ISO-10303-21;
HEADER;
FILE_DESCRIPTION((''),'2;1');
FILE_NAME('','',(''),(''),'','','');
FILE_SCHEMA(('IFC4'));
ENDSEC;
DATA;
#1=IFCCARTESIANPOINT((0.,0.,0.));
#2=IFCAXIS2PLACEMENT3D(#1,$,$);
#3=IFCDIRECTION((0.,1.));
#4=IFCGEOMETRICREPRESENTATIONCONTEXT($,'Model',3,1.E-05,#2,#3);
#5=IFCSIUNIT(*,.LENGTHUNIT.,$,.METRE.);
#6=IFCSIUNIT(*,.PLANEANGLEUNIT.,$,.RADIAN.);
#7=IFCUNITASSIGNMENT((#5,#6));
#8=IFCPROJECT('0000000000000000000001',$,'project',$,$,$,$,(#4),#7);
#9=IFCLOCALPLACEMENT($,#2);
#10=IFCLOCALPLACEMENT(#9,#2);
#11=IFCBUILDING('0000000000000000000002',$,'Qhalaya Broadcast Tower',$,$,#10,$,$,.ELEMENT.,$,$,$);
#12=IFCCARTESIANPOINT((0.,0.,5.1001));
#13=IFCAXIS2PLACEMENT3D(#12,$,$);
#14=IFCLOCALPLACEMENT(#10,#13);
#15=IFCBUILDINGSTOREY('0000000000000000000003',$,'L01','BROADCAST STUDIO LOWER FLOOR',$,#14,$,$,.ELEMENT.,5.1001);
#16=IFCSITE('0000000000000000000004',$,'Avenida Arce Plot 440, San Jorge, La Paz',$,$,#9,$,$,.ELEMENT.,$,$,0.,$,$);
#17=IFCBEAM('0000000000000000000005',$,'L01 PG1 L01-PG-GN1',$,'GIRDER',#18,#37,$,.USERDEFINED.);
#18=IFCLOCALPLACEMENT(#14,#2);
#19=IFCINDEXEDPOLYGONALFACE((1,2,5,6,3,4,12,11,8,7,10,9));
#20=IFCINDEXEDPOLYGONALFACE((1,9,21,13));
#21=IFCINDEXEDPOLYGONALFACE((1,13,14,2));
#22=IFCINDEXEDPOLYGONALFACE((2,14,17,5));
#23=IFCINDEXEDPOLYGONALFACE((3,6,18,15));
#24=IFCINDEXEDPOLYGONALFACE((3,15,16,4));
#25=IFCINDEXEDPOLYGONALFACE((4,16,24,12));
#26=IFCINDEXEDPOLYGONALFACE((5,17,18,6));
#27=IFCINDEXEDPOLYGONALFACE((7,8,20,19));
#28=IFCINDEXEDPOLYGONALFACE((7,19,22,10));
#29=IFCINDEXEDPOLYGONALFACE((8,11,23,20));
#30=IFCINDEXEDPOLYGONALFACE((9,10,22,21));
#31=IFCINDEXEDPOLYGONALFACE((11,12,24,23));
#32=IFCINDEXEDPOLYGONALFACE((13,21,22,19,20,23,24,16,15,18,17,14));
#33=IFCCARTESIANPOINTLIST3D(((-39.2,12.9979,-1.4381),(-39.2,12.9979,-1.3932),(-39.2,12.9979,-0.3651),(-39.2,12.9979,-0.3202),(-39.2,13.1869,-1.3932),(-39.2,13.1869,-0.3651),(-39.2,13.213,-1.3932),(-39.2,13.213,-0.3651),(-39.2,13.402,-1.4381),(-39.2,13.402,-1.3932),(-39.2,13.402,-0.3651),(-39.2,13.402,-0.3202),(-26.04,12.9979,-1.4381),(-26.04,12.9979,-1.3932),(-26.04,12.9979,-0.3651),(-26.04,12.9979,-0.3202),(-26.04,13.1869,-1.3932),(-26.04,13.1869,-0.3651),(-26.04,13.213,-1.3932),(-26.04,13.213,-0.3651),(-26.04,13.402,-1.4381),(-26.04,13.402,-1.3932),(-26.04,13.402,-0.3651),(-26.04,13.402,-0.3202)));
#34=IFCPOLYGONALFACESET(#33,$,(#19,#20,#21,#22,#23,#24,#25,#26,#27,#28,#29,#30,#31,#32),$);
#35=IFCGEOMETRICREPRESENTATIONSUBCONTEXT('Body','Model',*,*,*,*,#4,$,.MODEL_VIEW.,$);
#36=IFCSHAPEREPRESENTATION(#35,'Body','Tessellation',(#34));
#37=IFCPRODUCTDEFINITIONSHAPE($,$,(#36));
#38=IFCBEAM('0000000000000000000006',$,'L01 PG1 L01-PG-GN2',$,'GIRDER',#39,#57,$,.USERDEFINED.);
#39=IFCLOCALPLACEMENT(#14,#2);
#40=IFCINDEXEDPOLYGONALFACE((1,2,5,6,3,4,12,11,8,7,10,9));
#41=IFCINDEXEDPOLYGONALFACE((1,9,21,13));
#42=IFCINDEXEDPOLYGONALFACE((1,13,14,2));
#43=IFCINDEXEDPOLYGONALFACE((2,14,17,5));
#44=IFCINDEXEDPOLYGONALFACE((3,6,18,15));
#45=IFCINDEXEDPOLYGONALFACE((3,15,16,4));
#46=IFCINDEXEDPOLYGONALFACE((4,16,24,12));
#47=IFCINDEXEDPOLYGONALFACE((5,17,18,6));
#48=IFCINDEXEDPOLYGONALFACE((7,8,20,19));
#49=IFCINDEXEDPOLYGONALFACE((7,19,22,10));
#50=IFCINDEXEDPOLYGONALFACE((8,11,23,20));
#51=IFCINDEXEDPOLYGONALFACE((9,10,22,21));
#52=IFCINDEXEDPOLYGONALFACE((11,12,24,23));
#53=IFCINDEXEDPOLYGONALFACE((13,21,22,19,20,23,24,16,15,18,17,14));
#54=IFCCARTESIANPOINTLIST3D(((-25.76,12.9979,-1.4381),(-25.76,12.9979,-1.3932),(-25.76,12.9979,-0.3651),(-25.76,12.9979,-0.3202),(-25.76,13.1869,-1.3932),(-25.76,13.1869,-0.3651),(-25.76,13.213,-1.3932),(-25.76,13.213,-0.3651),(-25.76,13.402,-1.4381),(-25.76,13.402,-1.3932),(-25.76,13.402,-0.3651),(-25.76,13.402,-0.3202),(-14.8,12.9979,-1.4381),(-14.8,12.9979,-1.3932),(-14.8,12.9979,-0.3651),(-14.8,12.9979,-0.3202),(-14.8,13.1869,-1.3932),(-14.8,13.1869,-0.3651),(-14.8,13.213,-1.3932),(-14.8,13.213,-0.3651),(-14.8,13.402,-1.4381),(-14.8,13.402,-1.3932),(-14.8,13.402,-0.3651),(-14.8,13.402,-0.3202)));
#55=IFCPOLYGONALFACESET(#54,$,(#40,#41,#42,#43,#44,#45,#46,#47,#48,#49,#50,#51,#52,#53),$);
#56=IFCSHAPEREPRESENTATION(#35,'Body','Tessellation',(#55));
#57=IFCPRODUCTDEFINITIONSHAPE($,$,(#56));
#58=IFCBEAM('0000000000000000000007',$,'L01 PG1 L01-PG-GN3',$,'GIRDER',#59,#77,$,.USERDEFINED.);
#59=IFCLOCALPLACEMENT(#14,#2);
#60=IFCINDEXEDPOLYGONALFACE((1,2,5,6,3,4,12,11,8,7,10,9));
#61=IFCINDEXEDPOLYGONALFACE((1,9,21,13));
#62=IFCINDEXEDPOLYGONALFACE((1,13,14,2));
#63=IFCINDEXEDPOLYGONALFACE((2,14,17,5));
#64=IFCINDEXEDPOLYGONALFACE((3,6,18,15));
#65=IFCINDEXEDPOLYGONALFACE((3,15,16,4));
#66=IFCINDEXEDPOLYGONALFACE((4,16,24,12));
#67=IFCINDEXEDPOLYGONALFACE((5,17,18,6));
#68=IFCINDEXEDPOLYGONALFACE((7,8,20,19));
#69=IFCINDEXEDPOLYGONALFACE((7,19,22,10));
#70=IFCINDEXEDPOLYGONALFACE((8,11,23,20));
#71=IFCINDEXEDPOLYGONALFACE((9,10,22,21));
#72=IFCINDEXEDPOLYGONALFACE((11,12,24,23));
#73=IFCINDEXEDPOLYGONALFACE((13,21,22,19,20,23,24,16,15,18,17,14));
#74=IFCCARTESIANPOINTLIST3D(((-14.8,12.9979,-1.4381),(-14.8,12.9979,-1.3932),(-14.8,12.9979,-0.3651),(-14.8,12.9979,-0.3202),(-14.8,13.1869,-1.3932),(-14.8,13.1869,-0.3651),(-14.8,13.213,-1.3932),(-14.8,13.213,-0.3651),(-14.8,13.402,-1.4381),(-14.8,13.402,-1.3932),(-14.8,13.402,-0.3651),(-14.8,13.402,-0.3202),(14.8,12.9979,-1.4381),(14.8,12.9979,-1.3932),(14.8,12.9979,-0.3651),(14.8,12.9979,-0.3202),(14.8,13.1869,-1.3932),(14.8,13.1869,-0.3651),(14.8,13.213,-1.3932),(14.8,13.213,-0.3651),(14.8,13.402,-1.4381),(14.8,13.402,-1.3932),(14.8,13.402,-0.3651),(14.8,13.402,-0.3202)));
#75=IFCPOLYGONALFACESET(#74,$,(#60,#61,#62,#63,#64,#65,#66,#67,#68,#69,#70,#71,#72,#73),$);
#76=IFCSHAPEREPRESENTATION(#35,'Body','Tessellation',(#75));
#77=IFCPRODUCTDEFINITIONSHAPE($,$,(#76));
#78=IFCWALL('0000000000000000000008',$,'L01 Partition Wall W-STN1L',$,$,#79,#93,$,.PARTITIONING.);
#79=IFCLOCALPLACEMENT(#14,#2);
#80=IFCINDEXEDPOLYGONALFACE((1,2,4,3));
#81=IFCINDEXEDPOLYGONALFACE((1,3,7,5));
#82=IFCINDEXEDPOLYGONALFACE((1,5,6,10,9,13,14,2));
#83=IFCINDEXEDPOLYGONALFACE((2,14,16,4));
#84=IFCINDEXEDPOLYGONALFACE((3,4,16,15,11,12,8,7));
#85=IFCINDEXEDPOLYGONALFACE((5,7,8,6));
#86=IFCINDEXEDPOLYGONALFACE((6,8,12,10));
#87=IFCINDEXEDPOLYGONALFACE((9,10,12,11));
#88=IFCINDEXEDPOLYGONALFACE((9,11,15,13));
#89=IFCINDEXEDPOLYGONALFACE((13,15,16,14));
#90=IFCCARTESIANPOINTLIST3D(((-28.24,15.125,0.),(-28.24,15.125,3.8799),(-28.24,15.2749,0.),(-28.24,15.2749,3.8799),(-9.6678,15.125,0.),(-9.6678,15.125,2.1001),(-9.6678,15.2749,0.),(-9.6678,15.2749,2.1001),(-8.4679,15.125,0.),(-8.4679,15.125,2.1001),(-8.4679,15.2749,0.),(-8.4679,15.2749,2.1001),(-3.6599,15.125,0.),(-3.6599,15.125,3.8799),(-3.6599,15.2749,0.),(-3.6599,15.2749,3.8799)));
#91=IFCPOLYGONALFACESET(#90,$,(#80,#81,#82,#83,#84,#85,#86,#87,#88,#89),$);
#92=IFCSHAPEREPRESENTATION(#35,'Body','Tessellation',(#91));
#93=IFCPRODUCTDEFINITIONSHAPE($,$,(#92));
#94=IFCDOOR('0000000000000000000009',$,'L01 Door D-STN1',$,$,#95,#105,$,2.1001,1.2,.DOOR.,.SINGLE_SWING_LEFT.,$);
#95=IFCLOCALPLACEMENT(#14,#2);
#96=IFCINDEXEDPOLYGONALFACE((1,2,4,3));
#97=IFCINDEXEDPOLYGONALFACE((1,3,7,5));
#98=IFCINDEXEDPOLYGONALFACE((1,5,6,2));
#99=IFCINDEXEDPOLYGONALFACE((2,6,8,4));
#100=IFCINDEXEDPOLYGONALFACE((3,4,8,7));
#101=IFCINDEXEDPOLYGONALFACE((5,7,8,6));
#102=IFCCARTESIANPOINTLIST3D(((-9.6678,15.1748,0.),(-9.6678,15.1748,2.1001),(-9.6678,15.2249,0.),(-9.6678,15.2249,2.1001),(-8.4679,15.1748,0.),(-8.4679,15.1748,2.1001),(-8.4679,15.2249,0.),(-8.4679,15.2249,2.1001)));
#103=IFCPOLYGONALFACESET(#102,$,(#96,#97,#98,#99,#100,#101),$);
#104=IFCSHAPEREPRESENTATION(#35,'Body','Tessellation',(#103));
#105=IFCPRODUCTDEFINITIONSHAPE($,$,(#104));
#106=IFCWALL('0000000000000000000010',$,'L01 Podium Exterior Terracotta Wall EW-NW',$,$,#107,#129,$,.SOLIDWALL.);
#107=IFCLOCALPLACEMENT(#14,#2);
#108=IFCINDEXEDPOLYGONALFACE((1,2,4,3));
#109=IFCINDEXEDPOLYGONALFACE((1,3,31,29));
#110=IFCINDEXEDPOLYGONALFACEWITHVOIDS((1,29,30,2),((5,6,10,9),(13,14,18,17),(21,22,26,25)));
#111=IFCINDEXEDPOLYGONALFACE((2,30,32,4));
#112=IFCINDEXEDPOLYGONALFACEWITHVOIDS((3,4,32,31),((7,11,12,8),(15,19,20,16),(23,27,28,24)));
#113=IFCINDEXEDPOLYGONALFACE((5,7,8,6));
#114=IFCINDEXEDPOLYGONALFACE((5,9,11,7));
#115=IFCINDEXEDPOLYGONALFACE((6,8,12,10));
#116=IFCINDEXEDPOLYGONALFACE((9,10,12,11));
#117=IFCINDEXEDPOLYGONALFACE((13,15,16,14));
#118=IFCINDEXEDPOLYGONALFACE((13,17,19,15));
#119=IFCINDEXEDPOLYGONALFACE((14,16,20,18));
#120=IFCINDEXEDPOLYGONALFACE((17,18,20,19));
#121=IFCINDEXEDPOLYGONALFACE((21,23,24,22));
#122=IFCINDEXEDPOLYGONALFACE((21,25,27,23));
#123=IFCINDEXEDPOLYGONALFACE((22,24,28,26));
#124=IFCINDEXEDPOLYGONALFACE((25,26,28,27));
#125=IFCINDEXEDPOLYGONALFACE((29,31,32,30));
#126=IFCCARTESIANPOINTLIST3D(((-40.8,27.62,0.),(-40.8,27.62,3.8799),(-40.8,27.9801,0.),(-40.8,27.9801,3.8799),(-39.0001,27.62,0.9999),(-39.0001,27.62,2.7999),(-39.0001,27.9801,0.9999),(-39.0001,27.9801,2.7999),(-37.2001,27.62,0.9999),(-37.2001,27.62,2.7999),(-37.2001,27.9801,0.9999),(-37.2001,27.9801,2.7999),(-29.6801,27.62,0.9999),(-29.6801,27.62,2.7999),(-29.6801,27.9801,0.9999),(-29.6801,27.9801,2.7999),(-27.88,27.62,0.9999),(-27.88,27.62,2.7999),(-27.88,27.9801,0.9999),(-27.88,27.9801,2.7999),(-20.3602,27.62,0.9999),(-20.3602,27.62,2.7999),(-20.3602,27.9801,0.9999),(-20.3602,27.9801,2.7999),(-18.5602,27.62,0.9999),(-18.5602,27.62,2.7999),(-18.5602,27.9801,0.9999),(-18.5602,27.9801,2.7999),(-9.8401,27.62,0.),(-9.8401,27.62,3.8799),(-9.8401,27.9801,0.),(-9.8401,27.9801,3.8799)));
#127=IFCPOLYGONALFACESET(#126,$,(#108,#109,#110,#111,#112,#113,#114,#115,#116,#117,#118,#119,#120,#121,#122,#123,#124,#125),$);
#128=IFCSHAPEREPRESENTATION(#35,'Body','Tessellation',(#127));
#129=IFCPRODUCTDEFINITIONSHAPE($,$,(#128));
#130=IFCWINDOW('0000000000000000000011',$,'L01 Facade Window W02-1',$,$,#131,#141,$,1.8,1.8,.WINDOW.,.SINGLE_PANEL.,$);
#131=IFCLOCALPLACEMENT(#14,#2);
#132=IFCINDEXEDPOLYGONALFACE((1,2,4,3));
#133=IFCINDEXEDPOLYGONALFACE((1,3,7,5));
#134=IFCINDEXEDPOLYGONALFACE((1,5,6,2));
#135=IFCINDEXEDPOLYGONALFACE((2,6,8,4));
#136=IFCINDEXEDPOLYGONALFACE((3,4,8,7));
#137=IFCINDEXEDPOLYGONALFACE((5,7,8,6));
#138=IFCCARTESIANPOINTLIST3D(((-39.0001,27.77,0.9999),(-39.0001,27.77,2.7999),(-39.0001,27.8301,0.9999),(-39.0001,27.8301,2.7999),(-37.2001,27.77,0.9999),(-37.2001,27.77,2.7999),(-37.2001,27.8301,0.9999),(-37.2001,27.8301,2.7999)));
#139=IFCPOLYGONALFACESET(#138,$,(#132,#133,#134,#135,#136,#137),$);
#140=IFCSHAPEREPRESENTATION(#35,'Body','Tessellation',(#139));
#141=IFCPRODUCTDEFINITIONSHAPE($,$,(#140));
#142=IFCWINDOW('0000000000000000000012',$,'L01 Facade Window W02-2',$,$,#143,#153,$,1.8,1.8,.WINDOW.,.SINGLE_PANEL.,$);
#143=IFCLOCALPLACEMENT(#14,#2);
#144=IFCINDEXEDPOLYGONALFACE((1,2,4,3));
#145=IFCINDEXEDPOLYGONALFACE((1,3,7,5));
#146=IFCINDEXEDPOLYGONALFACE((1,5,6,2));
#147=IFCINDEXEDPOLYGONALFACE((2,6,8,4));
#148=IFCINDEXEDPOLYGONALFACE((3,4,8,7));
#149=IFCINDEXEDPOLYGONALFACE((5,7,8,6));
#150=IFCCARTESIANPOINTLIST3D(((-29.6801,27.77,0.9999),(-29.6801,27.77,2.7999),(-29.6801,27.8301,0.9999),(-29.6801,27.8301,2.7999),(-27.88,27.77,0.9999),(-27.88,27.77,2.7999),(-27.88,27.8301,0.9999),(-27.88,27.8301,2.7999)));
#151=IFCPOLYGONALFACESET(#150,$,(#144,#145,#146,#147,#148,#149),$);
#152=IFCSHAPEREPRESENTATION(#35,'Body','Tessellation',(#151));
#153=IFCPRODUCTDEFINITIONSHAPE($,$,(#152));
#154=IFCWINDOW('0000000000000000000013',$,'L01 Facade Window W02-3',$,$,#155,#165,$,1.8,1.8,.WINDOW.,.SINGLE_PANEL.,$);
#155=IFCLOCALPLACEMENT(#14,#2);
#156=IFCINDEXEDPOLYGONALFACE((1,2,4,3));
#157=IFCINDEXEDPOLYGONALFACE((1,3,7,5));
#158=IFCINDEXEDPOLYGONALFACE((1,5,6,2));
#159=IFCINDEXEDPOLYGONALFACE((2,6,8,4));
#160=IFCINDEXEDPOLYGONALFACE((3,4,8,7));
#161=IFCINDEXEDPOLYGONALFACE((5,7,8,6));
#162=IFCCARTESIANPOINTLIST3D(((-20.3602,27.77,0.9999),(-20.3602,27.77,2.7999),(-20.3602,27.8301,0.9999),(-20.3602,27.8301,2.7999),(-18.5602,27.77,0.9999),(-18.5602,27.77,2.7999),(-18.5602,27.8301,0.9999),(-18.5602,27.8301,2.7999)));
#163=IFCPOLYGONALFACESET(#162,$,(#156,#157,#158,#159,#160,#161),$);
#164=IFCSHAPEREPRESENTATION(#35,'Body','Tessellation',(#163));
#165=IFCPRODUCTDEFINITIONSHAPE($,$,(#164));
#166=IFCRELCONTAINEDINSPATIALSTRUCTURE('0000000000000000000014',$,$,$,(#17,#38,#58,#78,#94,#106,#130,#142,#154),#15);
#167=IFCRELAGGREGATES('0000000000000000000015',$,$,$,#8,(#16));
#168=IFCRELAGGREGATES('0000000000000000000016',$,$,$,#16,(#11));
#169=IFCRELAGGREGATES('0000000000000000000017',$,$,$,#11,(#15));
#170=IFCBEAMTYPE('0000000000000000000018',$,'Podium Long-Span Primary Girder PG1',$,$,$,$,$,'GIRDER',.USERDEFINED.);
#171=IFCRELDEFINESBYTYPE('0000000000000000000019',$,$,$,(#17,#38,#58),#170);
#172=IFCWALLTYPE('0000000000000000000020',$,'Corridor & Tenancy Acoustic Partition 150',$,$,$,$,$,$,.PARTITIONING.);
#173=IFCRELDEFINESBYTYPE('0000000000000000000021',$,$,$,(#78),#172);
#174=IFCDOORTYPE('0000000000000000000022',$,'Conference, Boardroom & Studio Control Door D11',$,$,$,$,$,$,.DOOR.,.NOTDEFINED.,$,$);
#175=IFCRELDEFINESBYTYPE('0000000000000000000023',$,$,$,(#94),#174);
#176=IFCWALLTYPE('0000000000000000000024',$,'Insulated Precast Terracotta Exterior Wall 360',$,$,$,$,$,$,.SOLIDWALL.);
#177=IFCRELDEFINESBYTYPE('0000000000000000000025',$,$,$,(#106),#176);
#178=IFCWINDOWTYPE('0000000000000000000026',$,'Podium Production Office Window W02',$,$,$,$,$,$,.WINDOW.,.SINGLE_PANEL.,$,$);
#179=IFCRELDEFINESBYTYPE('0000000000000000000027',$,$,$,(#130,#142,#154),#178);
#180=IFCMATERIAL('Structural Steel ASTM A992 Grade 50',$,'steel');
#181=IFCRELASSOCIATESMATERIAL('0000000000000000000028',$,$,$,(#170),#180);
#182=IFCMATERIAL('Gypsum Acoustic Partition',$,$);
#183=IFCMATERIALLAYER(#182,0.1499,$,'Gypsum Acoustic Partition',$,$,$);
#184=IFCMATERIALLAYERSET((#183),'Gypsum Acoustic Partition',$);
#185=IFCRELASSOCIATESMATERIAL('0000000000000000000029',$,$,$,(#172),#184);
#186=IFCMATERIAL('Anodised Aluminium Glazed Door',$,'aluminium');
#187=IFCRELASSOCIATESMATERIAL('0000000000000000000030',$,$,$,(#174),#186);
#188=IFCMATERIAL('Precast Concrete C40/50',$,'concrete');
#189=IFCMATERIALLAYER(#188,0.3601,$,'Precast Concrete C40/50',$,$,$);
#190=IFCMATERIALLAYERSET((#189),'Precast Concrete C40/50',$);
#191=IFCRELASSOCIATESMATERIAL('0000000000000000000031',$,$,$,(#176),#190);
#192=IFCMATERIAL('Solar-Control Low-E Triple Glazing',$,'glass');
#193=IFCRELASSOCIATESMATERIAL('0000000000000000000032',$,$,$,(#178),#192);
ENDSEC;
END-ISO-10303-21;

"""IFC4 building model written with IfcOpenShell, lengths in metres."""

from ifc_helpers import new_model, si_unit, direction, frame, frame_2d, origin, origin_2d, place, context, subcontext, project, spatial, rectangle, i_section, extrude, material, layer, layer_set, material_profile, profile_set, type_object, element, fill, save


model = new_model("IFC4")

# Units and contexts
model_context = context("Model", 3, precision=1e-05, world=origin(), true_north=direction((0.0, 1.0)))
body_context = subcontext(model_context, "Body", "Model", "MODEL_VIEW")
ifc_project = project(units=[si_unit("LENGTHUNIT", "METRE"), si_unit("PLANEANGLEUNIT", "RADIAN")], contexts=[model_context])

# Site, building, storey
site_placement = place(None, origin())
site = spatial("IfcSite", under=ifc_project, at=site_placement, Name="Avenida Arce Plot 440, San Jorge, La Paz", CompositionType="ELEMENT", RefElevation=0.0)
building_placement = place(site_placement, origin())
building = spatial("IfcBuilding", under=site, at=building_placement, Name="Qhalaya Broadcast Tower", CompositionType="ELEMENT")
storey_placement = place(building_placement, frame((0.0, 0.0, 5.1001)))
storey = spatial("IfcBuildingStorey", under=building, at=storey_placement, Name="L01", Description="BROADCAST STUDIO LOWER FLOOR", CompositionType="ELEMENT", Elevation=5.1001)

# Beams
ifc_material_1 = material(Name="Structural Steel ASTM A992 Grade 50", Category="steel")
ifc_material_profile_1 = material_profile(ifc_material_1, i_section(OverallWidth=0.4041, OverallDepth=1.1179, WebThickness=0.0261, FlangeThickness=0.0449, at=origin_2d()), Name="W44X335")
ifc_profile_set_1 = profile_set([ifc_material_profile_1], Name="Structural Steel ASTM A992 Grade 50")
beam_type_1 = type_object("IfcBeamType", Name="Podium Long-Span Primary Girder PG1", ElementType="GIRDER", PredefinedType="USERDEFINED", material=ifc_profile_set_1)
beam_1_placement = place(storey_placement, frame((-39.2, 13.2, -0.8792), z_axis=(1.0, 0.0, 0.0), x_axis=(0.0, 1.0, 0.0)))
element("IfcBeam", 1, at=beam_1_placement, inside=storey, type_object=beam_type_1, Name="L01 PG1 L01-PG-GN1", ObjectType="GIRDER", PredefinedType="USERDEFINED", context=body_context, shape_type="SweptSolid", body=[
    extrude(i_section(OverallWidth=0.4041, OverallDepth=1.1179, WebThickness=0.0261, FlangeThickness=0.0449, at=origin_2d()), origin(), (0.0, 0.0, 1.0), 13.1599),
])
beam_2_placement = place(storey_placement, frame((-25.76, 13.2, -0.8792), z_axis=(1.0, 0.0, 0.0), x_axis=(0.0, 1.0, 0.0)))
element("IfcBeam", 2, at=beam_2_placement, inside=storey, type_object=beam_type_1, Name="L01 PG1 L01-PG-GN2", ObjectType="GIRDER", PredefinedType="USERDEFINED", context=body_context, shape_type="SweptSolid", body=[
    extrude(i_section(OverallWidth=0.4041, OverallDepth=1.1179, WebThickness=0.0261, FlangeThickness=0.0449, at=origin_2d()), origin(), (0.0, 0.0, 1.0), 10.96),
])
beam_3_placement = place(storey_placement, frame((-14.8, 13.2, -0.8792), z_axis=(1.0, 0.0, 0.0), x_axis=(0.0, 1.0, 0.0)))
element("IfcBeam", 3, at=beam_3_placement, inside=storey, type_object=beam_type_1, Name="L01 PG1 L01-PG-GN3", ObjectType="GIRDER", PredefinedType="USERDEFINED", context=body_context, shape_type="SweptSolid", body=[
    extrude(i_section(OverallWidth=0.4041, OverallDepth=1.1179, WebThickness=0.0261, FlangeThickness=0.0449, at=origin_2d()), origin(), (0.0, 0.0, 1.0), 29.6001),
])

# Wall, opening, door
ifc_material_2 = material(Name="Gypsum Acoustic Partition")
ifc_layer_1 = layer(ifc_material_2, 0.1499, Name="Gypsum Acoustic Partition")
ifc_layer_set_1 = layer_set([ifc_layer_1], Name="Gypsum Acoustic Partition")
wall_type_1 = type_object("IfcWallType", Name="Corridor & Tenancy Acoustic Partition 150", PredefinedType="PARTITIONING", material=ifc_layer_set_1)
wall_1_placement = place(storey_placement, frame((-28.24, 15.2, 0.0), z_axis=(0.0, 0.0, 1.0), x_axis=(1.0, 0.0, 0.0)))
wall_1 = element("IfcWall", 4, at=wall_1_placement, inside=storey, type_object=wall_type_1, Name="L01 Partition Wall W-STN1L", PredefinedType="PARTITIONING", context=body_context, shape_type="SweptSolid", body=[
    extrude(rectangle(XDim=24.5801, YDim=0.1499, at=frame_2d((12.29, 0.0))), origin(), (0.0, 0.0, 1.0), 3.8799),
])
opening_1_placement = place(wall_1_placement, frame((18.572, 0.0, 0.0)))
opening_1 = element("IfcOpeningElement", 5, at=opening_1_placement, cuts=wall_1, PredefinedType="OPENING", context=body_context, shape_type="SweptSolid", body=[
    extrude(rectangle(XDim=1.2, YDim=2.1001, at=frame_2d((0.6001, 1.05))), frame((0.0, 0.0869, 0.0), z_axis=(0.0, -1.0, 0.0), x_axis=(1.0, 0.0, 0.0)), (0.0, 0.0, 1.0), 0.1738),
])
ifc_material_3 = material(Name="Anodised Aluminium Glazed Door", Category="aluminium")
door_type = type_object("IfcDoorType", Name="Conference, Boardroom & Studio Control Door D11", OperationType="NOTDEFINED", PredefinedType="DOOR", material=ifc_material_3)
door_placement = place(opening_1_placement, origin())
door = element("IfcDoor", 6, at=door_placement, inside=storey, type_object=door_type, Name="L01 Door D-STN1", OperationType="SINGLE_SWING_LEFT", OverallHeight=2.1001, OverallWidth=1.2, PredefinedType="DOOR", context=body_context, shape_type="SweptSolid", body=[
    extrude(rectangle(XDim=1.2, YDim=2.1001, at=frame_2d((0.6001, 1.05))), frame((0.0, 0.0249, 0.0), z_axis=(0.0, -1.0, 0.0), x_axis=(1.0, 0.0, 0.0)), (0.0, 0.0, 1.0), 0.05),
])
fill(opening_1, door)

# Wall, openings, windows
ifc_material_4 = material(Name="Precast Concrete C40/50", Category="concrete")
ifc_layer_2 = layer(ifc_material_4, 0.3601, Name="Precast Concrete C40/50")
ifc_layer_set_2 = layer_set([ifc_layer_2], Name="Precast Concrete C40/50")
wall_type_2 = type_object("IfcWallType", Name="Insulated Precast Terracotta Exterior Wall 360", PredefinedType="SOLIDWALL", material=ifc_layer_set_2)
wall_2_placement = place(storey_placement, frame((-40.8, 27.8, 0.0), z_axis=(0.0, 0.0, 1.0), x_axis=(1.0, 0.0, 0.0)))
wall_2 = element("IfcWall", 7, at=wall_2_placement, inside=storey, type_object=wall_type_2, Name="L01 Podium Exterior Terracotta Wall EW-NW", PredefinedType="SOLIDWALL", context=body_context, shape_type="SweptSolid", body=[
    extrude(rectangle(XDim=30.96, YDim=0.3601, at=frame_2d((15.48, 0.0))), origin(), (0.0, 0.0, 1.0), 3.8799),
])
opening_2_placement = place(wall_2_placement, frame((1.8, 0.0, 1.0)))
opening_2 = element("IfcOpeningElement", 8, at=opening_2_placement, cuts=wall_2, PredefinedType="OPENING", context=body_context, shape_type="SweptSolid", body=[
    extrude(rectangle(XDim=1.8, YDim=1.8, at=frame_2d((0.8999, 0.8999))), frame((0.0, 0.1921, 0.0), z_axis=(0.0, -1.0, 0.0), x_axis=(1.0, 0.0, 0.0)), (0.0, 0.0, 1.0), 0.384),
])
opening_3_placement = place(wall_2_placement, frame((11.1201, 0.0, 1.0)))
opening_3 = element("IfcOpeningElement", 9, at=opening_3_placement, cuts=wall_2, PredefinedType="OPENING", context=body_context, shape_type="SweptSolid", body=[
    extrude(rectangle(XDim=1.8, YDim=1.8, at=frame_2d((0.8999, 0.8999))), frame((0.0, 0.1921, 0.0), z_axis=(0.0, -1.0, 0.0), x_axis=(1.0, 0.0, 0.0)), (0.0, 0.0, 1.0), 0.384),
])
opening_4_placement = place(wall_2_placement, frame((20.4399, 0.0, 1.0)))
opening_4 = element("IfcOpeningElement", 10, at=opening_4_placement, cuts=wall_2, PredefinedType="OPENING", context=body_context, shape_type="SweptSolid", body=[
    extrude(rectangle(XDim=1.8, YDim=1.8, at=frame_2d((0.8999, 0.8999))), frame((0.0, 0.1921, 0.0), z_axis=(0.0, -1.0, 0.0), x_axis=(1.0, 0.0, 0.0)), (0.0, 0.0, 1.0), 0.384),
])
ifc_material_5 = material(Name="Solar-Control Low-E Triple Glazing", Category="glass")
window_type = type_object("IfcWindowType", Name="Podium Production Office Window W02", PartitioningType="SINGLE_PANEL", PredefinedType="WINDOW", material=ifc_material_5)
window_1_placement = place(opening_2_placement, origin())
window_1 = element("IfcWindow", 11, at=window_1_placement, inside=storey, type_object=window_type, Name="L01 Facade Window W02-1", OverallHeight=1.8, OverallWidth=1.8, PartitioningType="SINGLE_PANEL", PredefinedType="WINDOW", context=body_context, shape_type="SweptSolid", body=[
    extrude(rectangle(XDim=1.8, YDim=1.8, at=frame_2d((0.8999, 0.8999))), frame((0.0, 0.03, 0.0), z_axis=(0.0, -1.0, 0.0), x_axis=(1.0, 0.0, 0.0)), (0.0, 0.0, 1.0), 0.0601),
])
fill(opening_2, window_1)
window_2_placement = place(opening_3_placement, origin())
window_2 = element("IfcWindow", 12, at=window_2_placement, inside=storey, type_object=window_type, Name="L01 Facade Window W02-2", OverallHeight=1.8, OverallWidth=1.8, PartitioningType="SINGLE_PANEL", PredefinedType="WINDOW", context=body_context, shape_type="SweptSolid", body=[
    extrude(rectangle(XDim=1.8, YDim=1.8, at=frame_2d((0.8999, 0.8999))), frame((0.0, 0.03, 0.0), z_axis=(0.0, -1.0, 0.0), x_axis=(1.0, 0.0, 0.0)), (0.0, 0.0, 1.0), 0.0601),
])
fill(opening_3, window_2)
window_3_placement = place(opening_4_placement, origin())
window_3 = element("IfcWindow", 13, at=window_3_placement, inside=storey, type_object=window_type, Name="L01 Facade Window W02-3", OverallHeight=1.8, OverallWidth=1.8, PartitioningType="SINGLE_PANEL", PredefinedType="WINDOW", context=body_context, shape_type="SweptSolid", body=[
    extrude(rectangle(XDim=1.8, YDim=1.8, at=frame_2d((0.8999, 0.8999))), frame((0.0, 0.03, 0.0), z_axis=(0.0, -1.0, 0.0), x_axis=(1.0, 0.0, 0.0)), (0.0, 0.0, 1.0), 0.0601),
])
fill(opening_4, window_3)

save(model, "model.ifc")
